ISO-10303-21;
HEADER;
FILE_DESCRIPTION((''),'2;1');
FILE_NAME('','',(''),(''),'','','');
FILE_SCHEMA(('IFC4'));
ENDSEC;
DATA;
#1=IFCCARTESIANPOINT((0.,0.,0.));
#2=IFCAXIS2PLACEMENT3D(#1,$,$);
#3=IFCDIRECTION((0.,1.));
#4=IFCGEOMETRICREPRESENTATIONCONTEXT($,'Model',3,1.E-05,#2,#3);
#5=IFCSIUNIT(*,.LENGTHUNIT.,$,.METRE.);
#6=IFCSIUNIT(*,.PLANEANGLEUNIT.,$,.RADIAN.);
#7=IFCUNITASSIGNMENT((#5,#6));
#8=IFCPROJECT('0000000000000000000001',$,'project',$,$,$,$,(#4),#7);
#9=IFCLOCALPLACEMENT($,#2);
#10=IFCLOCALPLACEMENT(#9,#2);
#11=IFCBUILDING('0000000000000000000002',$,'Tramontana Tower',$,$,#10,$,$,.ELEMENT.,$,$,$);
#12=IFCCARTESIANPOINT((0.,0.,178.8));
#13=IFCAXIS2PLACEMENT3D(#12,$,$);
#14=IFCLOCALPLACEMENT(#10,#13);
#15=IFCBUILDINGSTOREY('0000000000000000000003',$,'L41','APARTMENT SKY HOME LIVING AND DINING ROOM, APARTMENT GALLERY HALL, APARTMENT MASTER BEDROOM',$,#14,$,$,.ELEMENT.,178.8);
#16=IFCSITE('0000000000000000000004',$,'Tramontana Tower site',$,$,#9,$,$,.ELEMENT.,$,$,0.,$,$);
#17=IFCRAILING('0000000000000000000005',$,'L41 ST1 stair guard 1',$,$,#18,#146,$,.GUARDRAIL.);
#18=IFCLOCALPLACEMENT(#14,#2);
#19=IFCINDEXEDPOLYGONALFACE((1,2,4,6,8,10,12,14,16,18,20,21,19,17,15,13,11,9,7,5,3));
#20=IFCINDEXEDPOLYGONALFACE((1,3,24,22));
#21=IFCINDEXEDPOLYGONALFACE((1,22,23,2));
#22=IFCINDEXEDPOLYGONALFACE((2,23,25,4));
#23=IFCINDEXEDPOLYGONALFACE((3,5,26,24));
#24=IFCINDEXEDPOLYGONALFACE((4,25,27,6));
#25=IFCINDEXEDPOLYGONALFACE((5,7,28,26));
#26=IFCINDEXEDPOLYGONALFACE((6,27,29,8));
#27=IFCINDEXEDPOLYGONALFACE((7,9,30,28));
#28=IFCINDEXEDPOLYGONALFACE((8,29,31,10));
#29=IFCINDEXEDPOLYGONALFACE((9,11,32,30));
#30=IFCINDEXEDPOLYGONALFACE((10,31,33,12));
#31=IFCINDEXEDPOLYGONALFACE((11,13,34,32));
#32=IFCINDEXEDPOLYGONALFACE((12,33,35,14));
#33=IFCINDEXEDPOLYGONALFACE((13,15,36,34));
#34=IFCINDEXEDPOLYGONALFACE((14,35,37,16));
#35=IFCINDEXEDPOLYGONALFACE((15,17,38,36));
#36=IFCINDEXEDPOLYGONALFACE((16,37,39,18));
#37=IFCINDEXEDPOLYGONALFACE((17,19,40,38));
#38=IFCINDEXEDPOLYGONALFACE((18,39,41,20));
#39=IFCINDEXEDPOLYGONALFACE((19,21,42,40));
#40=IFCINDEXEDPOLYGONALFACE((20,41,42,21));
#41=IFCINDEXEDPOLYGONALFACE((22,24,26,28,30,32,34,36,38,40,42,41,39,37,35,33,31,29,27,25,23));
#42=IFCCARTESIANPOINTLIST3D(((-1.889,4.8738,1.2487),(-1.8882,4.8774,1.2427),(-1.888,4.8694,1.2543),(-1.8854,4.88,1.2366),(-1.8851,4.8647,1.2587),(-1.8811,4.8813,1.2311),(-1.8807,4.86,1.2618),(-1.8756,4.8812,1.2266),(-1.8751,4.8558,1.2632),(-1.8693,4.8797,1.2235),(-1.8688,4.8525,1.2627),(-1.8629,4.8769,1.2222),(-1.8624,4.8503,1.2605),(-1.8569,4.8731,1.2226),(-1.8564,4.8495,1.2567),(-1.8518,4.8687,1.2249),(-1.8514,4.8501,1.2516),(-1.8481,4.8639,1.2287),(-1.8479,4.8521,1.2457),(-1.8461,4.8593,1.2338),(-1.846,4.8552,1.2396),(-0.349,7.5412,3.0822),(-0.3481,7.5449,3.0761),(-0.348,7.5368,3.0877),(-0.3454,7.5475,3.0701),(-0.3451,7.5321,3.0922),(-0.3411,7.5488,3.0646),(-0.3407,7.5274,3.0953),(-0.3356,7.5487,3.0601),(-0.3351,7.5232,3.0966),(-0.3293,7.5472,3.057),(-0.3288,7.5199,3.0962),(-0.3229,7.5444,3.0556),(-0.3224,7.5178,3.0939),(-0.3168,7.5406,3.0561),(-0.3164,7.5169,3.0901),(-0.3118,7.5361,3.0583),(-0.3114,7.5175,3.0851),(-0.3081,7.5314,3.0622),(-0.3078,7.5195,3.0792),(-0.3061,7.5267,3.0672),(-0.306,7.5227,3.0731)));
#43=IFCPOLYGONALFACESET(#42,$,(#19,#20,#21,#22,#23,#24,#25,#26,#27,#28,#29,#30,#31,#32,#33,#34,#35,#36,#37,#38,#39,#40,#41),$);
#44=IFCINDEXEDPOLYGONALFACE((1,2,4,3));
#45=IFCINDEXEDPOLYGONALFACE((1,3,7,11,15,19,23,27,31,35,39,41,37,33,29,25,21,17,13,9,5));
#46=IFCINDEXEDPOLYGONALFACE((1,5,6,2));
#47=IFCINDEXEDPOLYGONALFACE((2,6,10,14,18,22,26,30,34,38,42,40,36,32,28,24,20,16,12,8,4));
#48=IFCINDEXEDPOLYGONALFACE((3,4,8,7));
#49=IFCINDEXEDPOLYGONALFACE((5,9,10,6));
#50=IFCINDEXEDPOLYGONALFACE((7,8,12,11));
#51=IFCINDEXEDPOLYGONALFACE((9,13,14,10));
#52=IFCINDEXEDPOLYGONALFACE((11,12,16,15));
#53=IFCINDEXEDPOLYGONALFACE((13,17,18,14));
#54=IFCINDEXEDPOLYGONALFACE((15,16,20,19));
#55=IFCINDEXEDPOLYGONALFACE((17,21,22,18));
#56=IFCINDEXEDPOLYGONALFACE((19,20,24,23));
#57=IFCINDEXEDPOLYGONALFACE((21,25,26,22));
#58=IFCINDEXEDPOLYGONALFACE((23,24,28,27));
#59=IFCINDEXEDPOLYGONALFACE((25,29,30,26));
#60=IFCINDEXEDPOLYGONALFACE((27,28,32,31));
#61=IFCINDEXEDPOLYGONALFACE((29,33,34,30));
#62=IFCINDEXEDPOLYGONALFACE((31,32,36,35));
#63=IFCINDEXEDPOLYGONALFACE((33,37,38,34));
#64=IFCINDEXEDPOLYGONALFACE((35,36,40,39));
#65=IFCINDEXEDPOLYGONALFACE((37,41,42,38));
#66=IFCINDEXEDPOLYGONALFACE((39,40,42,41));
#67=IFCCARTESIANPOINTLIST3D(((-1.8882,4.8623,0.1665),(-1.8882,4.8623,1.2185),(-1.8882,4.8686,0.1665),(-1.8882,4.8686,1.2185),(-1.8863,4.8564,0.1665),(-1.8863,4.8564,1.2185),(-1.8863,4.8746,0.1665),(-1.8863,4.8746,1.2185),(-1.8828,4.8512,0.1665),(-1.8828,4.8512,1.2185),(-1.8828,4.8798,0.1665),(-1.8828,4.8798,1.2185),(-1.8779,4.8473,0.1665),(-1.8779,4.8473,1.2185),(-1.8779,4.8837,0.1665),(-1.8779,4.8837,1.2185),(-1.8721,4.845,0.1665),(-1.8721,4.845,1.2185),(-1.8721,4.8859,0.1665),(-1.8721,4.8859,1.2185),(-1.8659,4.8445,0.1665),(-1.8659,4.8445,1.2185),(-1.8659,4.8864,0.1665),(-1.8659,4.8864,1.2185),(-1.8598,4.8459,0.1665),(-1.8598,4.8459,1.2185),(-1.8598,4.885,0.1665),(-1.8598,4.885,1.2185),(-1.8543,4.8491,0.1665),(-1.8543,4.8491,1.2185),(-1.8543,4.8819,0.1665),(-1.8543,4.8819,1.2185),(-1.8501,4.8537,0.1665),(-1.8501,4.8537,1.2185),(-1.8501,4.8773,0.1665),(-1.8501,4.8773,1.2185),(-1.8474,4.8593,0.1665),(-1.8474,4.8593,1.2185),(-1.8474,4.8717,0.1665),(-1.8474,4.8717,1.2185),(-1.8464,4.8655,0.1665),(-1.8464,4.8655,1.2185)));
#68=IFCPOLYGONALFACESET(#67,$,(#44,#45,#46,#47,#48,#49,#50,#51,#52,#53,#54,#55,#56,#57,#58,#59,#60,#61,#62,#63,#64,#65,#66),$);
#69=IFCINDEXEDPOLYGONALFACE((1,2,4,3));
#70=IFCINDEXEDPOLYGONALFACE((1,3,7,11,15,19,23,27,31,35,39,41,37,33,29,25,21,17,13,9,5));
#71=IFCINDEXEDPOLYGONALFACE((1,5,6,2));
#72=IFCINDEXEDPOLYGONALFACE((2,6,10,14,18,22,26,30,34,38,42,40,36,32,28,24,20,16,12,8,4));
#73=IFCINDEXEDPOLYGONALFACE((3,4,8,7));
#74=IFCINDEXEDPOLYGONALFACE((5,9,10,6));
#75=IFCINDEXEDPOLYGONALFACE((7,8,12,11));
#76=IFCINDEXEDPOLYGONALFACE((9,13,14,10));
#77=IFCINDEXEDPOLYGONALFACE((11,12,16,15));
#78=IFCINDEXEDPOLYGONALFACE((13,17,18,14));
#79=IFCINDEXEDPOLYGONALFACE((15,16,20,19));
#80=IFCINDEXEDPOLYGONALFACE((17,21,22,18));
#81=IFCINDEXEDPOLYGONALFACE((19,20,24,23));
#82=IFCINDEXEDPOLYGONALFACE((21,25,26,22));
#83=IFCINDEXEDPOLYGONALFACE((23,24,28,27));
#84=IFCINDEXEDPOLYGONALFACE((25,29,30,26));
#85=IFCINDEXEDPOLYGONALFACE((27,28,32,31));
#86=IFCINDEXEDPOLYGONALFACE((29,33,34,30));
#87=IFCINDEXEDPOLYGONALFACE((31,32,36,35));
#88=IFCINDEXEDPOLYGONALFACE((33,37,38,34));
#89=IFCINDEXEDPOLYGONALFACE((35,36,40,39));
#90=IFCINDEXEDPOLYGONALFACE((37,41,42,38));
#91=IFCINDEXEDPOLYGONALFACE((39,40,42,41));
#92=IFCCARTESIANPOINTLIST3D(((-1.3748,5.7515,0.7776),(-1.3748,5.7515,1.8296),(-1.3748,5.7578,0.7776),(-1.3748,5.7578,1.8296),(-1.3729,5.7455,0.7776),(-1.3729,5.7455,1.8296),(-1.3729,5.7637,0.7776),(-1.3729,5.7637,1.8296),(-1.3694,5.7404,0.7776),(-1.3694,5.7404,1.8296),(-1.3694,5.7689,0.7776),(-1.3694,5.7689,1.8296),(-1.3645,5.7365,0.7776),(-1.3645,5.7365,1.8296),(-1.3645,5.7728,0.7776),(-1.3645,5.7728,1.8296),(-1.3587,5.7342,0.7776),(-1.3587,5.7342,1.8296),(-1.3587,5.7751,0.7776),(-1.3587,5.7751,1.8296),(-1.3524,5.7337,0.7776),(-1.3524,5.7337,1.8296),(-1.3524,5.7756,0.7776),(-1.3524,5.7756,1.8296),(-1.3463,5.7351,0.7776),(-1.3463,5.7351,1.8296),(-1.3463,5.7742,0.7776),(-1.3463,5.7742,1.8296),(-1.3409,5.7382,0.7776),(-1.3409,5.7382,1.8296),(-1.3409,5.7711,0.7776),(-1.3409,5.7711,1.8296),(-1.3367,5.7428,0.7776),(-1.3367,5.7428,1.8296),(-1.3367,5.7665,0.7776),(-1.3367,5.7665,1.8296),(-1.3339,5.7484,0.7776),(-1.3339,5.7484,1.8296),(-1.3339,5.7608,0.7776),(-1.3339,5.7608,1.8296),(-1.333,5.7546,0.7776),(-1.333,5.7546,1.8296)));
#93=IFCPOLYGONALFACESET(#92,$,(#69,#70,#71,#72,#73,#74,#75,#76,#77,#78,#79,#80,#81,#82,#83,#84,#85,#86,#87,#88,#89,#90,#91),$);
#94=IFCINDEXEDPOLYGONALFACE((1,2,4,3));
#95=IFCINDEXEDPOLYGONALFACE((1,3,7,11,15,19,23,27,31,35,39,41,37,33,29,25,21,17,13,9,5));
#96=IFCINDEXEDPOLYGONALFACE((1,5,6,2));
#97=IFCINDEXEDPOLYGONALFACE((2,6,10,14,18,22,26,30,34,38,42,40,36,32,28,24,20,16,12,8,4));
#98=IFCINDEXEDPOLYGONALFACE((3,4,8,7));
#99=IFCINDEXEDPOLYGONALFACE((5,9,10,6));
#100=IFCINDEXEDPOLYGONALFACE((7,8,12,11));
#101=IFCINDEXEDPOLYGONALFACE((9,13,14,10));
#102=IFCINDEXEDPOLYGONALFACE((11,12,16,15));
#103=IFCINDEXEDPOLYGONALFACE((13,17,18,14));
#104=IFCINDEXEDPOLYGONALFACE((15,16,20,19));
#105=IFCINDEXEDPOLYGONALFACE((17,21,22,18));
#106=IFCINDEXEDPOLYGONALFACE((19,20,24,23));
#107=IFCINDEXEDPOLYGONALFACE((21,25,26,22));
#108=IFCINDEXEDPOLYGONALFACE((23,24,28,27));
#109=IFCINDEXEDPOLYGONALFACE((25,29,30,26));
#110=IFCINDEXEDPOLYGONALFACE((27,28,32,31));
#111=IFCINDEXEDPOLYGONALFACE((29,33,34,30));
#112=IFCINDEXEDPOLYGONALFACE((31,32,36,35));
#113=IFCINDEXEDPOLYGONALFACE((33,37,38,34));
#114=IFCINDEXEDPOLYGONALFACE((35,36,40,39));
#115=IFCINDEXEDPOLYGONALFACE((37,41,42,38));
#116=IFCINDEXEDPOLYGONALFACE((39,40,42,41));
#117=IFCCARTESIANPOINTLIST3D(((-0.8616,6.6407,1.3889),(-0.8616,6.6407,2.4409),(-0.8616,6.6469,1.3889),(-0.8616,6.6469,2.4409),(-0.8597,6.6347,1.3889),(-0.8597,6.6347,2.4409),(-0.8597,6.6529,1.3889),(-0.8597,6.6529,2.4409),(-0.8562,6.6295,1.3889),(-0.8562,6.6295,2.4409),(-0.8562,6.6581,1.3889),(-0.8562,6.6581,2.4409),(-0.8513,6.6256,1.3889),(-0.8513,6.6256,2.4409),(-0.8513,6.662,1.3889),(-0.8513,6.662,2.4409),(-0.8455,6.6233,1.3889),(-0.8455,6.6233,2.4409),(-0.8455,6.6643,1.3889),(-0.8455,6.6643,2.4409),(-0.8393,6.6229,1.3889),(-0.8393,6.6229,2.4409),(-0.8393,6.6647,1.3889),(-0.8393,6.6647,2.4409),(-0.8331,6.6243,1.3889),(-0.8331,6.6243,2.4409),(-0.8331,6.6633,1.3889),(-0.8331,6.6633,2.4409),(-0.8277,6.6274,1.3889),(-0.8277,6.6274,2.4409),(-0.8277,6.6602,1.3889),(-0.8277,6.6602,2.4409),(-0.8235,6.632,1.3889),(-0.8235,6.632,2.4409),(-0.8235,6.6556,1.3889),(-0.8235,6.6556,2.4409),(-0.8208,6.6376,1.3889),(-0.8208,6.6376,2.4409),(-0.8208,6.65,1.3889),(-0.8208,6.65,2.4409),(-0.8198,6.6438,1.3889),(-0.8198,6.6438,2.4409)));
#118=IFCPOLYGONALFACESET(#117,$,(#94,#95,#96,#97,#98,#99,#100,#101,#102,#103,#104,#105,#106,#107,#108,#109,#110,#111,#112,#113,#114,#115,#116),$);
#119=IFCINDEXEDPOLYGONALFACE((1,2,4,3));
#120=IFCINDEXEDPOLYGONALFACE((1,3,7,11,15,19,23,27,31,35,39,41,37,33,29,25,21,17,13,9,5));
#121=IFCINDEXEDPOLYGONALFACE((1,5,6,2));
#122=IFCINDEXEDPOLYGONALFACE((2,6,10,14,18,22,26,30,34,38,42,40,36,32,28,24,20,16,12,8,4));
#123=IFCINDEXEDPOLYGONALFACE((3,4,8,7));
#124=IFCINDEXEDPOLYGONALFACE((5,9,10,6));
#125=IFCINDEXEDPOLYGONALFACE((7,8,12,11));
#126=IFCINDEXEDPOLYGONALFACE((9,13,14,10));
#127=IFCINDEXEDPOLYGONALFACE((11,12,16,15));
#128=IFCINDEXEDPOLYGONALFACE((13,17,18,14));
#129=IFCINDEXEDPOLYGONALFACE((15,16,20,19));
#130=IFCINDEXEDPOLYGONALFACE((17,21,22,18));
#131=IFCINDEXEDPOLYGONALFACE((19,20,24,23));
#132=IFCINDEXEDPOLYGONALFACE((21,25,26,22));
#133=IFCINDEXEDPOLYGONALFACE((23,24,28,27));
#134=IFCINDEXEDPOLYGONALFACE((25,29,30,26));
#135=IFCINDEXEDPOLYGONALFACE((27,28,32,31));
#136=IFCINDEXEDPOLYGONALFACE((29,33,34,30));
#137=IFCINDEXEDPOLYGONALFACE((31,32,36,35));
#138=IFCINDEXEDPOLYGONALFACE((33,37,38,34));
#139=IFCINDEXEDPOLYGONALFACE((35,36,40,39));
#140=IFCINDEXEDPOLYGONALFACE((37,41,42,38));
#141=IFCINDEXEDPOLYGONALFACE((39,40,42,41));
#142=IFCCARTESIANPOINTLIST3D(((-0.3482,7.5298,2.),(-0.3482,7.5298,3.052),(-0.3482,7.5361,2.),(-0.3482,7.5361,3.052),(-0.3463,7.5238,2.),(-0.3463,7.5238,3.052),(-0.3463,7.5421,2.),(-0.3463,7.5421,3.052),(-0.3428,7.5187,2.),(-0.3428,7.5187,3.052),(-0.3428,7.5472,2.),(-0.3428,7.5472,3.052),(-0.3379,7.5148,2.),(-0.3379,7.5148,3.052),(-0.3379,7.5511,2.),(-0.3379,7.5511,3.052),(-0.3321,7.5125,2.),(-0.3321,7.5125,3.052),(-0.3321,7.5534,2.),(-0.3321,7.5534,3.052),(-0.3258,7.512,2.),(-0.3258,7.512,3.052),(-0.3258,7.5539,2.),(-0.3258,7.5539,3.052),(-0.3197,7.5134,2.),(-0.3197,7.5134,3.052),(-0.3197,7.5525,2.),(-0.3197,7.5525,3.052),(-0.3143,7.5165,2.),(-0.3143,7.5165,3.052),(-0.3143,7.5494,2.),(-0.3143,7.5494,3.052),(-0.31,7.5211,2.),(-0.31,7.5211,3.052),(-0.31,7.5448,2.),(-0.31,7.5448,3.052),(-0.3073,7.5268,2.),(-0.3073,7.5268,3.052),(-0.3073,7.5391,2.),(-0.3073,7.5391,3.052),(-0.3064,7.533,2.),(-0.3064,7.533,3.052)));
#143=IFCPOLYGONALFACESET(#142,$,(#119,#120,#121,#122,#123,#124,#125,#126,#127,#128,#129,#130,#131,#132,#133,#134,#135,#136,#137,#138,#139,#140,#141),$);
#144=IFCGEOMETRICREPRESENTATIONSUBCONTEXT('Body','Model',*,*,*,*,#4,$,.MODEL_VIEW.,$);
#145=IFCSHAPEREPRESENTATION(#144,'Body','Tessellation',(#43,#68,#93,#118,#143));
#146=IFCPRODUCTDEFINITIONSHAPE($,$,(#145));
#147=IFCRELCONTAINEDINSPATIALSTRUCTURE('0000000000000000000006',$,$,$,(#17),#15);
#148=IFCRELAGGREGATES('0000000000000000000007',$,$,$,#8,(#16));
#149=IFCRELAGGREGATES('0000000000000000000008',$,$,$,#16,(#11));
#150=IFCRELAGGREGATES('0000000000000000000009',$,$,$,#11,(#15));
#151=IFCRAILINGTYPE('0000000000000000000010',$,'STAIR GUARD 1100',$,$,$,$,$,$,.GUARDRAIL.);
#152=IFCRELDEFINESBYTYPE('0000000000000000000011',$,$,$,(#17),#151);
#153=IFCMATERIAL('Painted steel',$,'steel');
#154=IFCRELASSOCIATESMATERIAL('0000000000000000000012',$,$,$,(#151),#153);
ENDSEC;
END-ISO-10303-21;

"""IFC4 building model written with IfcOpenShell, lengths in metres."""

from ifc_helpers import new_model, si_unit, direction, frame, origin, origin_2d, place, context, subcontext, project, spatial, circle, extrude, material, type_object, element, save


model = new_model("IFC4")

# Units and contexts
model_context = context("Model", 3, precision=1e-05, world=origin(), true_north=direction((0.0, 1.0)))
body_context = subcontext(model_context, "Body", "Model", "MODEL_VIEW")
ifc_project = project(units=[si_unit("LENGTHUNIT", "METRE"), si_unit("PLANEANGLEUNIT", "RADIAN")], contexts=[model_context])

# Site, building, storey
site_placement = place(None, origin())
site = spatial("IfcSite", under=ifc_project, at=site_placement, Name="Tramontana Tower site", CompositionType="ELEMENT", RefElevation=0.0)
building_placement = place(site_placement, origin())
building = spatial("IfcBuilding", under=site, at=building_placement, Name="Tramontana Tower", CompositionType="ELEMENT")
storey_placement = place(building_placement, frame((0.0, 0.0, 178.8)))
storey = spatial("IfcBuildingStorey", under=building, at=storey_placement, Name="L41", Description="APARTMENT SKY HOME LIVING AND DINING ROOM, APARTMENT GALLERY HALL, APARTMENT MASTER BEDROOM", CompositionType="ELEMENT", Elevation=178.8)

# Railing
ifc_material_1 = material(Name="Painted steel", Category="steel")
railing_type_1 = type_object("IfcRailingType", Name="STAIR GUARD 1100", PredefinedType="GUARDRAIL", material=ifc_material_1)
railing_1_placement = place(storey_placement, frame((-1.8674, 4.8655, 0.1665)))
element("IfcRailing", 1, at=railing_1_placement, inside=storey, type_object=railing_type_1, Name="L41 ST1 stair guard 1", PredefinedType="GUARDRAIL", context=body_context, shape_type="SweptSolid", body=[
    extrude(circle(Radius=0.0239, at=origin_2d()), frame((0.0, 0.0, 1.0762), z_axis=(0.429634, 0.744164, 0.511502), x_axis=(-0.86603, 0.499992, 0.0)), (0.0, 0.0, 1.0), 3.5845),
    extrude(circle(Radius=0.021, at=origin_2d()), origin(), (0.0, 0.0, 1.0), 1.052),
    extrude(circle(Radius=0.021, at=origin_2d()), frame((0.5134, 0.8892, 0.6111)), (0.0, 0.0, 1.0), 1.052),
    extrude(circle(Radius=0.021, at=origin_2d()), frame((1.0266, 1.7783, 1.2224)), (0.0, 0.0, 1.0), 1.052),
    extrude(circle(Radius=0.021, at=origin_2d()), frame((1.54, 2.6675, 1.8335)), (0.0, 0.0, 1.0), 1.052),
])

save(model, "model.ifc")
